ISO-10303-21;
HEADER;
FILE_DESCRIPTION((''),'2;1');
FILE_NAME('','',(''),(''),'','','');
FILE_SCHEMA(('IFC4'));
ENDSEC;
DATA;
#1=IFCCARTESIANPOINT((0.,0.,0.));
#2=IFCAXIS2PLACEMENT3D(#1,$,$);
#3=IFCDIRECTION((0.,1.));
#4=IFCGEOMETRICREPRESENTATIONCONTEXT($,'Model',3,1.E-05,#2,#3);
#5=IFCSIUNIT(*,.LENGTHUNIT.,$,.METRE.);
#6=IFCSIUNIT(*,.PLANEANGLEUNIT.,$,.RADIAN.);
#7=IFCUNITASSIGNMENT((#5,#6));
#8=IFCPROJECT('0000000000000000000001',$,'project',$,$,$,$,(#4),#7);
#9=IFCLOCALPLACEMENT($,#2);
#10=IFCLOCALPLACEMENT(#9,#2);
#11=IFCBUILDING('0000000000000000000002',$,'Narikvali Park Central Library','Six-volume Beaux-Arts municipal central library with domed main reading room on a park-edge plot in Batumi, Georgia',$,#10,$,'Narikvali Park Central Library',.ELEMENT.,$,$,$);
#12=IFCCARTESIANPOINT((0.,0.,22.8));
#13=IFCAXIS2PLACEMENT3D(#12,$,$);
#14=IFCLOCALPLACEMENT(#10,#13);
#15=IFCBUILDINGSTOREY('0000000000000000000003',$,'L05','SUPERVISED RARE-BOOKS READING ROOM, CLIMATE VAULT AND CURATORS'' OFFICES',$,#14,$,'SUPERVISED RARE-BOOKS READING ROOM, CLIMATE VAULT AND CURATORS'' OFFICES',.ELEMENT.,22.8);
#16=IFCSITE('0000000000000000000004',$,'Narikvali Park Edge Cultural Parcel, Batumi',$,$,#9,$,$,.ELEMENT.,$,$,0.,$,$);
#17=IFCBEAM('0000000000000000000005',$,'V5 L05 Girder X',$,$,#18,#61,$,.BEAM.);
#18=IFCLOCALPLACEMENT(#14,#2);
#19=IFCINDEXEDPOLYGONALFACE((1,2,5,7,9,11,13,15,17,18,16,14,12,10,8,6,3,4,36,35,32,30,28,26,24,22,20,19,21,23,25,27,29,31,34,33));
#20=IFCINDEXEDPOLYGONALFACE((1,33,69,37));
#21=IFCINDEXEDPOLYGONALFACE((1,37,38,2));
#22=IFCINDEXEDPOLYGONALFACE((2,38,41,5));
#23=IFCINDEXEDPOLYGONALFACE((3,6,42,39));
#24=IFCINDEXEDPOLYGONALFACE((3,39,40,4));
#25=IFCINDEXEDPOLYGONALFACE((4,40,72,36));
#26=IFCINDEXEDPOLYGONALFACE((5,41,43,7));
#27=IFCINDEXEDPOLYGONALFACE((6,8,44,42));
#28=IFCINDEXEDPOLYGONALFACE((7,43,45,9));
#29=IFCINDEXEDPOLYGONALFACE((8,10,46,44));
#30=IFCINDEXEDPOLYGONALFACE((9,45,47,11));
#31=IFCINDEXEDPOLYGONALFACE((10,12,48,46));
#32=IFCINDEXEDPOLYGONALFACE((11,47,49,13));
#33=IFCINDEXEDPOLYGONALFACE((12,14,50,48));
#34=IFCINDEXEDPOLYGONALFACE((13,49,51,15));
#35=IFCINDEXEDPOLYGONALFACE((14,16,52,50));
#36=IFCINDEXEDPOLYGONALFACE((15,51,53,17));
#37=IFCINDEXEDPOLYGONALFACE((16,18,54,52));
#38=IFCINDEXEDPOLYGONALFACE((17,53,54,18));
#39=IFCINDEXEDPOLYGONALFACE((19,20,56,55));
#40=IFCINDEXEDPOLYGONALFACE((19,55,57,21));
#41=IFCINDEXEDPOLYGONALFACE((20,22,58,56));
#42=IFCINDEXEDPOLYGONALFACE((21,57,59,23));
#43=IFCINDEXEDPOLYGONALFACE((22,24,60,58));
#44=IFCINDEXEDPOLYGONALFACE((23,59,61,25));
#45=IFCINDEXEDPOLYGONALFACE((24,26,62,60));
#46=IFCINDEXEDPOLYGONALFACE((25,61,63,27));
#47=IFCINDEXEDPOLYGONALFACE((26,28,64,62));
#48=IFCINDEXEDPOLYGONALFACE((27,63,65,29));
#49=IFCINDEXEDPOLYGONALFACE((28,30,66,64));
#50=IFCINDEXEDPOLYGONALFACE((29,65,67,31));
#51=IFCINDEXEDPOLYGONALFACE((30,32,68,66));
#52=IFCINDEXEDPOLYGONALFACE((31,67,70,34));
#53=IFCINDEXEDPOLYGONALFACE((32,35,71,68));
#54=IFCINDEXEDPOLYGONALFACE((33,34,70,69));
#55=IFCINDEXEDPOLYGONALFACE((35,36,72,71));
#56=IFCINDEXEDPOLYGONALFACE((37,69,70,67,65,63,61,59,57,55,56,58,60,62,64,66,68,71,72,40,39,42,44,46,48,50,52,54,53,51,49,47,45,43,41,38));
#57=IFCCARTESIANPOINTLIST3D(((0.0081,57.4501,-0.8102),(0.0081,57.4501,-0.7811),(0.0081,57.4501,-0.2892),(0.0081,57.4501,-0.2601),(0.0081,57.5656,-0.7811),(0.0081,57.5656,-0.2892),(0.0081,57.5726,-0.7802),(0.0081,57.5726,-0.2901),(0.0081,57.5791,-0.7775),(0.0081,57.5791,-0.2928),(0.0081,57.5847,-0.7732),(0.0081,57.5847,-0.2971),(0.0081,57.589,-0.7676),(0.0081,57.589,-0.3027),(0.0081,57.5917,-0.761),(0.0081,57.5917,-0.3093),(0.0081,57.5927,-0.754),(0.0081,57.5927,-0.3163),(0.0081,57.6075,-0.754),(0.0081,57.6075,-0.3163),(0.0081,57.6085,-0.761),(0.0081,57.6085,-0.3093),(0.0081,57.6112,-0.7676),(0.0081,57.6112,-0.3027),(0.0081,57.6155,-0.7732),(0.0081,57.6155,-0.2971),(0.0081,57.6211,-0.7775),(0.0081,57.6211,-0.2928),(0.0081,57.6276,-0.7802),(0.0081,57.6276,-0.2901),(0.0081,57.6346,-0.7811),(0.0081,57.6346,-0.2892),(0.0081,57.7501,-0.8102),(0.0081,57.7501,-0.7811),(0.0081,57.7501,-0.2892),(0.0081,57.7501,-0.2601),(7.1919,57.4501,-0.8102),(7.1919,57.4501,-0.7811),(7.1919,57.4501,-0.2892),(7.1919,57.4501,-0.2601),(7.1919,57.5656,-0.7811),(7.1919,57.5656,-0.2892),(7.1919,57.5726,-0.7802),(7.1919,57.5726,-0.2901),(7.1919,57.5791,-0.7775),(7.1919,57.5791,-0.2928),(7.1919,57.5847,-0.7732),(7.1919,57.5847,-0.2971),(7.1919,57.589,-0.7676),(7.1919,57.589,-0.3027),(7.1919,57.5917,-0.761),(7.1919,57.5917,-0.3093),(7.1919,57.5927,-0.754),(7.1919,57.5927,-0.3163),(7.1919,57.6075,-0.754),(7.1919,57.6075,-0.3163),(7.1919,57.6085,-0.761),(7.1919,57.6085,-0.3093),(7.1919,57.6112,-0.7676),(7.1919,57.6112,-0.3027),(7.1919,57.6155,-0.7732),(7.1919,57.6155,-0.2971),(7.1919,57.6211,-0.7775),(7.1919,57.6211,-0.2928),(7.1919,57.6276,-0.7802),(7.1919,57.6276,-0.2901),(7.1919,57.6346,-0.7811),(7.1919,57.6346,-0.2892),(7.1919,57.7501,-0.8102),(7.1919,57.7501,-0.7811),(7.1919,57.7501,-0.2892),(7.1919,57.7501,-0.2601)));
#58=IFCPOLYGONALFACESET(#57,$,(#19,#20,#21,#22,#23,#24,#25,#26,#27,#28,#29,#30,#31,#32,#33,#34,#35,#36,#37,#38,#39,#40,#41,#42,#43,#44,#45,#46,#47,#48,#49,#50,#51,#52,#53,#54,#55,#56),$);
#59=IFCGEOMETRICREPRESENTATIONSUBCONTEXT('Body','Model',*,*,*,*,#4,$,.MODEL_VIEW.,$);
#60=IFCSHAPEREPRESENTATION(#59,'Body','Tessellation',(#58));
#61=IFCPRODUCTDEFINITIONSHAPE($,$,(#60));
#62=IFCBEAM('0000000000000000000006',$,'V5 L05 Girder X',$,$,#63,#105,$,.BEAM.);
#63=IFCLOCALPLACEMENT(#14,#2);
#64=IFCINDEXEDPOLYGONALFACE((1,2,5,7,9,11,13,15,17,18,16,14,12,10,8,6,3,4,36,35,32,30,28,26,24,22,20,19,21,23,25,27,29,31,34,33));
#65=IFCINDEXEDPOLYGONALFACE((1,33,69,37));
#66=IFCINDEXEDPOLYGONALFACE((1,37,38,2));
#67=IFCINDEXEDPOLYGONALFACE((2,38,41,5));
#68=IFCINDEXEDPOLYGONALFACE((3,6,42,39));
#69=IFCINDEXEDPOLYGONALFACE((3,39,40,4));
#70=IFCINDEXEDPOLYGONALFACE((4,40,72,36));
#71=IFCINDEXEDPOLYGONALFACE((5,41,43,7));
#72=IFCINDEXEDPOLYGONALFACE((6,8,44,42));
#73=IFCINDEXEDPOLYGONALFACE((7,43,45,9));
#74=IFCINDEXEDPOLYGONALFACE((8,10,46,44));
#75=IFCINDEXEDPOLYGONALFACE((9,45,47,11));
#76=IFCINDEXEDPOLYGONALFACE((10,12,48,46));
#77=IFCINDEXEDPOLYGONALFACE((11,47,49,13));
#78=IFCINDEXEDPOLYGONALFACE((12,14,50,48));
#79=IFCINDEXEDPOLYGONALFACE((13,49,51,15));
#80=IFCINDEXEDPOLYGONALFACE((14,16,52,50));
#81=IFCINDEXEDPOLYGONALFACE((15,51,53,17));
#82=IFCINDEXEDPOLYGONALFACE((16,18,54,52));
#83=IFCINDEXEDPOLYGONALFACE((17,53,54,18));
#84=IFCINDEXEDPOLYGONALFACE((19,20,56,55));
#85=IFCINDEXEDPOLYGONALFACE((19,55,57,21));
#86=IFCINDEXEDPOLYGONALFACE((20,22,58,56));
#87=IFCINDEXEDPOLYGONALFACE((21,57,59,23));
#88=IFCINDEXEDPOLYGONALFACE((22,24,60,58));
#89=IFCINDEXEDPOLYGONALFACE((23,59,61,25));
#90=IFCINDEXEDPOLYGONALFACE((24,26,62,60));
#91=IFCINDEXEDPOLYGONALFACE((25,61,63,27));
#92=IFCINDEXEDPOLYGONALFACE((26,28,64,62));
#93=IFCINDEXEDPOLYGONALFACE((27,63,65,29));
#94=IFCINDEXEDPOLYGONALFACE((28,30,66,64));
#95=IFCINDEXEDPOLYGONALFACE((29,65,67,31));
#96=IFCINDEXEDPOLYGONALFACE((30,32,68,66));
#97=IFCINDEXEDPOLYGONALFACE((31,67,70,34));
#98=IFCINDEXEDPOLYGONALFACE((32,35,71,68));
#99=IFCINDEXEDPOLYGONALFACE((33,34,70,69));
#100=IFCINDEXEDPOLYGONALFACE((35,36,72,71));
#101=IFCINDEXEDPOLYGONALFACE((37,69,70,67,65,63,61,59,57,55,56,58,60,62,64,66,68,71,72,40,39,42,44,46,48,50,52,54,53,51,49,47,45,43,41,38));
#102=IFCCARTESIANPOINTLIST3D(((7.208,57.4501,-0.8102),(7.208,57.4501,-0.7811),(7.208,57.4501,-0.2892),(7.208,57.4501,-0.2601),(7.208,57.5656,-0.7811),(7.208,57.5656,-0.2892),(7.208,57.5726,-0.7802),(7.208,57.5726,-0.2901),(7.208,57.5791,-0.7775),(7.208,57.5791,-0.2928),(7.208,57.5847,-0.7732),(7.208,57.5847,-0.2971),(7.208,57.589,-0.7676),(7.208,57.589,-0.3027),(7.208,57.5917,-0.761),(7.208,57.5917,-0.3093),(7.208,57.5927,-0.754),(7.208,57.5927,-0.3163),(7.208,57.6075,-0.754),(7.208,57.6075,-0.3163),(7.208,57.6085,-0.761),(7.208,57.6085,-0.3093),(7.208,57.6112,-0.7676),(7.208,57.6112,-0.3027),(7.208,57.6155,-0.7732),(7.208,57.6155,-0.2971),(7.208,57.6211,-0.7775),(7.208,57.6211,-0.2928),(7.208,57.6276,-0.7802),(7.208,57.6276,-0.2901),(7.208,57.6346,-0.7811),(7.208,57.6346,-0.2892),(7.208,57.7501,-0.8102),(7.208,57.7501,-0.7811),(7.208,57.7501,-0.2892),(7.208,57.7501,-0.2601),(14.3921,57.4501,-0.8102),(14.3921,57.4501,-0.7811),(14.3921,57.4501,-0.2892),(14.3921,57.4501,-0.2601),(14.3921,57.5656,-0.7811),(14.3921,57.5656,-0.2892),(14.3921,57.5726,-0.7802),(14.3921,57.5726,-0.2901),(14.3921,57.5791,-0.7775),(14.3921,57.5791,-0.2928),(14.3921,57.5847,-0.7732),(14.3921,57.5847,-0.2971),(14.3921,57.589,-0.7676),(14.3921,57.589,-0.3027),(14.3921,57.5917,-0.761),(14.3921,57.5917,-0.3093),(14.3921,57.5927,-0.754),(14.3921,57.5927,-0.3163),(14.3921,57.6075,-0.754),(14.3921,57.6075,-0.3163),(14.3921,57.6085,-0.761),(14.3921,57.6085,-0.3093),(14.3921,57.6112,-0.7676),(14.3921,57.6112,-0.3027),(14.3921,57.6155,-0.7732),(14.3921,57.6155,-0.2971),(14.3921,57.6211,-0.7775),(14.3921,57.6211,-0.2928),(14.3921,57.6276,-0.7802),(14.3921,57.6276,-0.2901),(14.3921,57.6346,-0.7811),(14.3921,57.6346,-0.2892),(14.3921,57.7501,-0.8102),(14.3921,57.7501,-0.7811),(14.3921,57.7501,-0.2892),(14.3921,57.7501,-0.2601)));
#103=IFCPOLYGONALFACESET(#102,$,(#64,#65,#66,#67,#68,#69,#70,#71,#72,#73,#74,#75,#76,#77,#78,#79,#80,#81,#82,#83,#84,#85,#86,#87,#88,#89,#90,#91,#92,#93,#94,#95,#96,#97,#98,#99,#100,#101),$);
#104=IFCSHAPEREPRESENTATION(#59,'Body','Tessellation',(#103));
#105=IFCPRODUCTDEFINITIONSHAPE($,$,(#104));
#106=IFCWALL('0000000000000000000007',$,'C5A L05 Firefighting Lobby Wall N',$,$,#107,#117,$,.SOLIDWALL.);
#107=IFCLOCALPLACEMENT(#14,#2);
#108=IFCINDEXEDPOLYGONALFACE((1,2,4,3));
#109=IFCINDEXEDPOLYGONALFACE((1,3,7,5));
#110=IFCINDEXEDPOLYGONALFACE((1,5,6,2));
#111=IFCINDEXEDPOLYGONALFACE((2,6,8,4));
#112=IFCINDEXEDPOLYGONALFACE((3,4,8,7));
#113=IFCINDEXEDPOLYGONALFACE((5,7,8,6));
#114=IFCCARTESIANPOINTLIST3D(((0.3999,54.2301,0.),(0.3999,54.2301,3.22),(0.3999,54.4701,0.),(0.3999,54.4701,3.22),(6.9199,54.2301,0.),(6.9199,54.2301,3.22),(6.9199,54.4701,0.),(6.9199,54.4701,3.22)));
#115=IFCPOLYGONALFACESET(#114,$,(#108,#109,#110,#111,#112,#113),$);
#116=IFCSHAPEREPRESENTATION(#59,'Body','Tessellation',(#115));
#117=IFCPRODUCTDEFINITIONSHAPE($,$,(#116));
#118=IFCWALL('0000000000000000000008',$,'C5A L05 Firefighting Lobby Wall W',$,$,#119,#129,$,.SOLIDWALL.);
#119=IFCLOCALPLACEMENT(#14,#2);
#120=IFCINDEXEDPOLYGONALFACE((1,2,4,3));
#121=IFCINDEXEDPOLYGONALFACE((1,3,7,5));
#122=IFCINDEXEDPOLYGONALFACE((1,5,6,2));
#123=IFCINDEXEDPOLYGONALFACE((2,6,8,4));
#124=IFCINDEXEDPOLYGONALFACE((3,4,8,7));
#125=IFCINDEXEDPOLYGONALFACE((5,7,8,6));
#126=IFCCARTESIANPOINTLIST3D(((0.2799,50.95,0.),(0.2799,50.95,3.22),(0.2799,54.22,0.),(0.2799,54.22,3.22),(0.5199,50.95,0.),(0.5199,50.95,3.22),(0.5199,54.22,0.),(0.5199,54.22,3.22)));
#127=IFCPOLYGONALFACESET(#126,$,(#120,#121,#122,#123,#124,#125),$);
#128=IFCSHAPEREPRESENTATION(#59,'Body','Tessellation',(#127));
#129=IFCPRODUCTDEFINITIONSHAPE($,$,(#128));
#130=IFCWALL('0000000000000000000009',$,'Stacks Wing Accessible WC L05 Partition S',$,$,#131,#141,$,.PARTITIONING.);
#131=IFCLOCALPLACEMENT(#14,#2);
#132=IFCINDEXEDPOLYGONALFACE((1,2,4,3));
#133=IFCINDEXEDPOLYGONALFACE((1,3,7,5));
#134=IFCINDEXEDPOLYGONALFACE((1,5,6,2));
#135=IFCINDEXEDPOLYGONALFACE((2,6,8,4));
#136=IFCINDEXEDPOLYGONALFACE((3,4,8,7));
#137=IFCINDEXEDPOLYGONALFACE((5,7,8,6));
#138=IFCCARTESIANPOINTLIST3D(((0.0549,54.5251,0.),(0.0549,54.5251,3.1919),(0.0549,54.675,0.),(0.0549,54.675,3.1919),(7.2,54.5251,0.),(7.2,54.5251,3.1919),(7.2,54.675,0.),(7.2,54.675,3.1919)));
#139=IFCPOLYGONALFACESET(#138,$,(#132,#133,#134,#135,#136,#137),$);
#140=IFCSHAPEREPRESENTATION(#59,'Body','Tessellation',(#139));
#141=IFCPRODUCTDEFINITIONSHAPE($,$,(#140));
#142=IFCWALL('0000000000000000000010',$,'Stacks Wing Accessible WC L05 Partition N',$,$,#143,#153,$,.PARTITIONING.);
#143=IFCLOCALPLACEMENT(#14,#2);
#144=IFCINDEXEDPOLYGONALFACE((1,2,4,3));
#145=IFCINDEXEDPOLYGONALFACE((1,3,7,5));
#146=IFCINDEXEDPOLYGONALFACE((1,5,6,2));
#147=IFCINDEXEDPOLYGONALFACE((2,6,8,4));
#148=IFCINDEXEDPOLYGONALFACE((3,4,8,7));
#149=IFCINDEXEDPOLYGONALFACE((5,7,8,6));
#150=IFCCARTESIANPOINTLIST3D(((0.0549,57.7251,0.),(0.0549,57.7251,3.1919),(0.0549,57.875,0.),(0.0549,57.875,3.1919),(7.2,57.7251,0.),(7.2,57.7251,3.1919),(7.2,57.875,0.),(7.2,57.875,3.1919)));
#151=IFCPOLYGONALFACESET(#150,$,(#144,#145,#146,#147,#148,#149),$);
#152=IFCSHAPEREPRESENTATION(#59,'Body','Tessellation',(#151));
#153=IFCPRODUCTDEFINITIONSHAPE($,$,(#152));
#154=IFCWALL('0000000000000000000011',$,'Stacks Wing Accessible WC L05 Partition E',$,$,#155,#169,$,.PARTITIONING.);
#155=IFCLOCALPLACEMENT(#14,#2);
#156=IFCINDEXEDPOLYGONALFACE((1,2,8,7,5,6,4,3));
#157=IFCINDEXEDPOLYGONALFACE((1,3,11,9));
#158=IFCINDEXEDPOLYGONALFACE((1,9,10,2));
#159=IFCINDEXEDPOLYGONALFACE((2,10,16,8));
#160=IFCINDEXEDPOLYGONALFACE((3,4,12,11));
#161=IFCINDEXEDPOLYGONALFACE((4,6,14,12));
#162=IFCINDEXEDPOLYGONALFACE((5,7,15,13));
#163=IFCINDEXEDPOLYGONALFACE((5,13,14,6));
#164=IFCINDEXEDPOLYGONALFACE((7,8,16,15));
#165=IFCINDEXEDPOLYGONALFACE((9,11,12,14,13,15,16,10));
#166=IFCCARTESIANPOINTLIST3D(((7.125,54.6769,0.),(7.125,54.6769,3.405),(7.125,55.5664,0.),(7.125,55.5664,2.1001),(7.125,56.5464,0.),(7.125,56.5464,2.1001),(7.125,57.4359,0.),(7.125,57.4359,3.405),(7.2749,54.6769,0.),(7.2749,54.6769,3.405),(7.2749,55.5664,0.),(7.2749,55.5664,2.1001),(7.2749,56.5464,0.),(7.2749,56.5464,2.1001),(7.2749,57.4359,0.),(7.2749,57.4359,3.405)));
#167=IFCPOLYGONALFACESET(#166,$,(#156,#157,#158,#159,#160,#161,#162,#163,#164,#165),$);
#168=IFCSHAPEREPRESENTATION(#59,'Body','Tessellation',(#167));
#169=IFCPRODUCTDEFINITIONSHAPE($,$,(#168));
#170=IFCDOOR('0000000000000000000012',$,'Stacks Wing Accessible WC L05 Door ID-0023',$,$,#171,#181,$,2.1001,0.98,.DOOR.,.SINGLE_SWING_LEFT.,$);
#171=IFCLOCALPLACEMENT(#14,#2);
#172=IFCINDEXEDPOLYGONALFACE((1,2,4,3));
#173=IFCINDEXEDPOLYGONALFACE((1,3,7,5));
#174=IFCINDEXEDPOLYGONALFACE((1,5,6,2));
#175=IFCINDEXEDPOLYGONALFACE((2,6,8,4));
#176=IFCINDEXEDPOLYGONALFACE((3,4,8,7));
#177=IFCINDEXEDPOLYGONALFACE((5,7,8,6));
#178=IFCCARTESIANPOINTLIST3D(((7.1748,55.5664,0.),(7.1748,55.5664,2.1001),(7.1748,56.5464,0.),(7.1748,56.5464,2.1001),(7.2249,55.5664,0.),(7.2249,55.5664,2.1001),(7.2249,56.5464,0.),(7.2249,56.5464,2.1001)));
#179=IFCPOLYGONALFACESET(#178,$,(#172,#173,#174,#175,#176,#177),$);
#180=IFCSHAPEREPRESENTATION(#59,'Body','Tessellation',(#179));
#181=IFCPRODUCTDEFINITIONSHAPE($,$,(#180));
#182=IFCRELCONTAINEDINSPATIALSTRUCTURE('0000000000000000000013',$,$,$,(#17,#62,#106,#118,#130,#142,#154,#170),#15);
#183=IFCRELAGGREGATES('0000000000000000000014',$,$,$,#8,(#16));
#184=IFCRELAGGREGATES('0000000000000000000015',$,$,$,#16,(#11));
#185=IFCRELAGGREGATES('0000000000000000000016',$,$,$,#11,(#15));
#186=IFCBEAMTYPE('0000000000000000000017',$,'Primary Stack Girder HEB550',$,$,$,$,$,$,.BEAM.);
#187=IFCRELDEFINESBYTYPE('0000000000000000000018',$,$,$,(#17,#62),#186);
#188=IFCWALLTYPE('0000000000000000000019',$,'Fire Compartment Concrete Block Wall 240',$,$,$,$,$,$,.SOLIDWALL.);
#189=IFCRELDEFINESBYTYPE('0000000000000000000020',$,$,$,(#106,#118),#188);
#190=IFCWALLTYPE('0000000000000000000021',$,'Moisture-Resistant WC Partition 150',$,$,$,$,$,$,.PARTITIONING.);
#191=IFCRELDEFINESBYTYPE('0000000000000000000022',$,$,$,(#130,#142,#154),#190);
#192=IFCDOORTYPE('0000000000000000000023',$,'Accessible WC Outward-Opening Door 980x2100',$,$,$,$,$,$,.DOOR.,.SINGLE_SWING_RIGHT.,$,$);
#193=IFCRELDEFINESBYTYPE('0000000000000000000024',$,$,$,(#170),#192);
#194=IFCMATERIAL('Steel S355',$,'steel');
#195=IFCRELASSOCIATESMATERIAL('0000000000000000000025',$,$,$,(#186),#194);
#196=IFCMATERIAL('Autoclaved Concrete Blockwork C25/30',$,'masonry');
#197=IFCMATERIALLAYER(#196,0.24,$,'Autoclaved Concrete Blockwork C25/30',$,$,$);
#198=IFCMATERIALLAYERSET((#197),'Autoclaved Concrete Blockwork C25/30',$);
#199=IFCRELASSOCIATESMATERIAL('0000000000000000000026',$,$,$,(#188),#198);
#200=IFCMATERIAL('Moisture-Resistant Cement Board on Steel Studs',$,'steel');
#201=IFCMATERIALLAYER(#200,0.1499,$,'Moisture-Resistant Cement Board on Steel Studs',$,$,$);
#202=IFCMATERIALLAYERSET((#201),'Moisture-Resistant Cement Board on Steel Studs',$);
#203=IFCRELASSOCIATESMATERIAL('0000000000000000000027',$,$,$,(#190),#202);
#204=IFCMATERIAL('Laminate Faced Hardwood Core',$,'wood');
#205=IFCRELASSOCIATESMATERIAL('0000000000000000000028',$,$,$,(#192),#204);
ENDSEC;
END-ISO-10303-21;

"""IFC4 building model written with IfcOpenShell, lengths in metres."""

from ifc_helpers import new_model, si_unit, direction, frame, frame_2d, origin, origin_2d, place, context, subcontext, project, spatial, rectangle, i_section, extrude, material, layer, layer_set, material_profile, profile_set, type_object, element, fill, save


model = new_model("IFC4")

# Units and contexts
model_context = context("Model", 3, precision=1e-05, world=origin(), true_north=direction((0.0, 1.0)))
body_context = subcontext(model_context, "Body", "Model", "MODEL_VIEW")
ifc_project = project(units=[si_unit("LENGTHUNIT", "METRE"), si_unit("PLANEANGLEUNIT", "RADIAN")], contexts=[model_context])

# Site, building, storey
site_placement = place(None, origin())
site = spatial("IfcSite", under=ifc_project, at=site_placement, Name="Narikvali Park Edge Cultural Parcel, Batumi", CompositionType="ELEMENT", RefElevation=0.0)
building_placement = place(site_placement, origin())
building = spatial("IfcBuilding", under=site, at=building_placement, Name="Narikvali Park Central Library", Description="Six-volume Beaux-Arts municipal central library with domed main reading room on a park-edge plot in Batumi, Georgia", LongName="Narikvali Park Central Library", CompositionType="ELEMENT")
storey_placement = place(building_placement, frame((0.0, 0.0, 22.8)))
storey = spatial("IfcBuildingStorey", under=building, at=storey_placement, Name="L05", Description="SUPERVISED RARE-BOOKS READING ROOM, CLIMATE VAULT AND CURATORS' OFFICES", LongName="SUPERVISED RARE-BOOKS READING ROOM, CLIMATE VAULT AND CURATORS' OFFICES", CompositionType="ELEMENT", Elevation=22.8)

# Shared definitions
ifc_material_1 = material(Name="Steel S355", Category="steel")

# Beams
ifc_material_profile_1 = material_profile(ifc_material_1, i_section(OverallWidth=0.3, OverallDepth=0.55, WebThickness=0.0149, FlangeThickness=0.0291, FilletRadius=0.0271, at=origin_2d()), Name="HEB 550")
ifc_profile_set_1 = profile_set([ifc_material_profile_1], Name="Steel S355")
beam_type_1 = type_object("IfcBeamType", Name="Primary Stack Girder HEB550", PredefinedType="BEAM", material=ifc_profile_set_1)
beam_1_placement = place(storey_placement, frame((0.0081, 57.6001, -0.5352), z_axis=(1.0, 0.0, 0.0), x_axis=(0.0, 1.0, 0.0)))
element("IfcBeam", 1, at=beam_1_placement, inside=storey, type_object=beam_type_1, Name="V5 L05 Girder X", PredefinedType="BEAM", context=body_context, shape_type="SweptSolid", body=[
    extrude(i_section(OverallWidth=0.3, OverallDepth=0.55, WebThickness=0.0149, FlangeThickness=0.0291, FilletRadius=0.0271, at=origin_2d()), origin(), (0.0, 0.0, 1.0), 7.1838),
])
beam_2_placement = place(storey_placement, frame((7.208, 57.6001, -0.5352), z_axis=(1.0, 0.0, 0.0), x_axis=(0.0, 1.0, 0.0)))
element("IfcBeam", 2, at=beam_2_placement, inside=storey, type_object=beam_type_1, Name="V5 L05 Girder X", PredefinedType="BEAM", context=body_context, shape_type="SweptSolid", body=[
    extrude(i_section(OverallWidth=0.3, OverallDepth=0.55, WebThickness=0.0149, FlangeThickness=0.0291, FilletRadius=0.0271, at=origin_2d()), origin(), (0.0, 0.0, 1.0), 7.1841),
])

# Shared definitions
ifc_material_2 = material(Name="Autoclaved Concrete Blockwork C25/30", Category="masonry")
ifc_layer_1 = layer(ifc_material_2, 0.24, Name="Autoclaved Concrete Blockwork C25/30")
ifc_layer_set_1 = layer_set([ifc_layer_1], Name="Autoclaved Concrete Blockwork C25/30")
wall_type_1 = type_object("IfcWallType", Name="Fire Compartment Concrete Block Wall 240", PredefinedType="SOLIDWALL", material=ifc_layer_set_1)

# Walls
wall_1_placement = place(storey_placement, frame((0.3999, 54.3501, 0.0), z_axis=(0.0, 0.0, 1.0), x_axis=(1.0, 0.0, 0.0)))
element("IfcWall", 3, at=wall_1_placement, inside=storey, type_object=wall_type_1, Name="C5A L05 Firefighting Lobby Wall N", PredefinedType="SOLIDWALL", context=body_context, shape_type="SweptSolid", body=[
    extrude(rectangle(XDim=6.52, YDim=0.24, at=frame_2d((3.26, 0.0))), origin(), (0.0, 0.0, 1.0), 3.22),
])
wall_2_placement = place(storey_placement, frame((0.3999, 50.95, 0.0), z_axis=(0.0, 0.0, 1.0), x_axis=(0.0, 1.0, 0.0)))
element("IfcWall", 4, at=wall_2_placement, inside=storey, type_object=wall_type_1, Name="C5A L05 Firefighting Lobby Wall W", PredefinedType="SOLIDWALL", context=body_context, shape_type="SweptSolid", body=[
    extrude(rectangle(XDim=3.27, YDim=0.24, at=frame_2d((1.635, 0.0))), origin(), (0.0, 0.0, 1.0), 3.22),
])
ifc_material_3 = material(Name="Moisture-Resistant Cement Board on Steel Studs", Category="steel")
ifc_layer_2 = layer(ifc_material_3, 0.1499, Name="Moisture-Resistant Cement Board on Steel Studs")
ifc_layer_set_2 = layer_set([ifc_layer_2], Name="Moisture-Resistant Cement Board on Steel Studs")
wall_type_2 = type_object("IfcWallType", Name="Moisture-Resistant WC Partition 150", PredefinedType="PARTITIONING", material=ifc_layer_set_2)
for number, where, z_axis, x_axis, name in (
    (5, (0.0549, 54.6001, 0.0), (0.0, 0.0, 1.0), (1.0, 0.0, 0.0), "Stacks Wing Accessible WC L05 Partition S"),
    (6, (0.0549, 57.8, 0.0), (0.0, 0.0, 1.0), (1.0, 0.0, 0.0), "Stacks Wing Accessible WC L05 Partition N"),
):
    element("IfcWall", number, at=place(storey_placement, frame(where, z_axis=z_axis, x_axis=x_axis)), inside=storey, type_object=wall_type_2, Name=name, PredefinedType="PARTITIONING", context=body_context, shape_type="SweptSolid", body=[
        extrude(rectangle(XDim=7.145, YDim=0.1499, at=frame_2d((3.5725, 0.0))), origin(), (0.0, 0.0, 1.0), 3.1919),
    ])

# Wall, opening, door
wall_3_placement = place(storey_placement, frame((7.2, 54.677, 0.0), z_axis=(0.0, 0.0, 1.0), x_axis=(0.0, 1.0, 0.0)))
wall_3 = element("IfcWall", 7, at=wall_3_placement, inside=storey, type_object=wall_type_2, Name="Stacks Wing Accessible WC L05 Partition E", PredefinedType="PARTITIONING", context=body_context, shape_type="SweptSolid", body=[
    extrude(rectangle(XDim=2.759, YDim=0.1499, at=frame_2d((1.3794, 0.0))), origin(), (0.0, 0.0, 1.0), 3.405),
])
opening_1_placement = place(wall_3_placement, frame((0.8894, 0.0, 0.0)))
opening_1 = element("IfcOpeningElement", 8, at=opening_1_placement, cuts=wall_3, PredefinedType="OPENING", context=body_context, shape_type="SweptSolid", body=[
    extrude(rectangle(XDim=0.98, YDim=2.1001, at=frame_2d((0.49, 1.05))), frame((0.0, 0.0869, 0.0), z_axis=(0.0, -1.0, 0.0), x_axis=(1.0, 0.0, 0.0)), (0.0, 0.0, 1.0), 0.1738),
])
ifc_material_4 = material(Name="Laminate Faced Hardwood Core", Category="wood")
door_type_1 = type_object("IfcDoorType", Name="Accessible WC Outward-Opening Door 980x2100", OperationType="SINGLE_SWING_RIGHT", PredefinedType="DOOR", material=ifc_material_4)
door_1_placement = place(opening_1_placement, frame((0.98, 0.0, 0.0), z_axis=(0.0, 0.0, 1.0), x_axis=(-1.0, 0.0, 0.0)))
door_1 = element("IfcDoor", 9, at=door_1_placement, inside=storey, type_object=door_type_1, Name="Stacks Wing Accessible WC L05 Door ID-0023", OperationType="SINGLE_SWING_LEFT", OverallHeight=2.1001, OverallWidth=0.98, PredefinedType="DOOR", context=body_context, shape_type="SweptSolid", body=[
    extrude(rectangle(XDim=0.98, YDim=2.1001, at=frame_2d((0.49, 1.05))), frame((0.0, 0.0249, 0.0), z_axis=(0.0, -1.0, 0.0), x_axis=(1.0, 0.0, 0.0)), (0.0, 0.0, 1.0), 0.05),
])
fill(opening_1, door_1)

save(model, "model.ifc")
